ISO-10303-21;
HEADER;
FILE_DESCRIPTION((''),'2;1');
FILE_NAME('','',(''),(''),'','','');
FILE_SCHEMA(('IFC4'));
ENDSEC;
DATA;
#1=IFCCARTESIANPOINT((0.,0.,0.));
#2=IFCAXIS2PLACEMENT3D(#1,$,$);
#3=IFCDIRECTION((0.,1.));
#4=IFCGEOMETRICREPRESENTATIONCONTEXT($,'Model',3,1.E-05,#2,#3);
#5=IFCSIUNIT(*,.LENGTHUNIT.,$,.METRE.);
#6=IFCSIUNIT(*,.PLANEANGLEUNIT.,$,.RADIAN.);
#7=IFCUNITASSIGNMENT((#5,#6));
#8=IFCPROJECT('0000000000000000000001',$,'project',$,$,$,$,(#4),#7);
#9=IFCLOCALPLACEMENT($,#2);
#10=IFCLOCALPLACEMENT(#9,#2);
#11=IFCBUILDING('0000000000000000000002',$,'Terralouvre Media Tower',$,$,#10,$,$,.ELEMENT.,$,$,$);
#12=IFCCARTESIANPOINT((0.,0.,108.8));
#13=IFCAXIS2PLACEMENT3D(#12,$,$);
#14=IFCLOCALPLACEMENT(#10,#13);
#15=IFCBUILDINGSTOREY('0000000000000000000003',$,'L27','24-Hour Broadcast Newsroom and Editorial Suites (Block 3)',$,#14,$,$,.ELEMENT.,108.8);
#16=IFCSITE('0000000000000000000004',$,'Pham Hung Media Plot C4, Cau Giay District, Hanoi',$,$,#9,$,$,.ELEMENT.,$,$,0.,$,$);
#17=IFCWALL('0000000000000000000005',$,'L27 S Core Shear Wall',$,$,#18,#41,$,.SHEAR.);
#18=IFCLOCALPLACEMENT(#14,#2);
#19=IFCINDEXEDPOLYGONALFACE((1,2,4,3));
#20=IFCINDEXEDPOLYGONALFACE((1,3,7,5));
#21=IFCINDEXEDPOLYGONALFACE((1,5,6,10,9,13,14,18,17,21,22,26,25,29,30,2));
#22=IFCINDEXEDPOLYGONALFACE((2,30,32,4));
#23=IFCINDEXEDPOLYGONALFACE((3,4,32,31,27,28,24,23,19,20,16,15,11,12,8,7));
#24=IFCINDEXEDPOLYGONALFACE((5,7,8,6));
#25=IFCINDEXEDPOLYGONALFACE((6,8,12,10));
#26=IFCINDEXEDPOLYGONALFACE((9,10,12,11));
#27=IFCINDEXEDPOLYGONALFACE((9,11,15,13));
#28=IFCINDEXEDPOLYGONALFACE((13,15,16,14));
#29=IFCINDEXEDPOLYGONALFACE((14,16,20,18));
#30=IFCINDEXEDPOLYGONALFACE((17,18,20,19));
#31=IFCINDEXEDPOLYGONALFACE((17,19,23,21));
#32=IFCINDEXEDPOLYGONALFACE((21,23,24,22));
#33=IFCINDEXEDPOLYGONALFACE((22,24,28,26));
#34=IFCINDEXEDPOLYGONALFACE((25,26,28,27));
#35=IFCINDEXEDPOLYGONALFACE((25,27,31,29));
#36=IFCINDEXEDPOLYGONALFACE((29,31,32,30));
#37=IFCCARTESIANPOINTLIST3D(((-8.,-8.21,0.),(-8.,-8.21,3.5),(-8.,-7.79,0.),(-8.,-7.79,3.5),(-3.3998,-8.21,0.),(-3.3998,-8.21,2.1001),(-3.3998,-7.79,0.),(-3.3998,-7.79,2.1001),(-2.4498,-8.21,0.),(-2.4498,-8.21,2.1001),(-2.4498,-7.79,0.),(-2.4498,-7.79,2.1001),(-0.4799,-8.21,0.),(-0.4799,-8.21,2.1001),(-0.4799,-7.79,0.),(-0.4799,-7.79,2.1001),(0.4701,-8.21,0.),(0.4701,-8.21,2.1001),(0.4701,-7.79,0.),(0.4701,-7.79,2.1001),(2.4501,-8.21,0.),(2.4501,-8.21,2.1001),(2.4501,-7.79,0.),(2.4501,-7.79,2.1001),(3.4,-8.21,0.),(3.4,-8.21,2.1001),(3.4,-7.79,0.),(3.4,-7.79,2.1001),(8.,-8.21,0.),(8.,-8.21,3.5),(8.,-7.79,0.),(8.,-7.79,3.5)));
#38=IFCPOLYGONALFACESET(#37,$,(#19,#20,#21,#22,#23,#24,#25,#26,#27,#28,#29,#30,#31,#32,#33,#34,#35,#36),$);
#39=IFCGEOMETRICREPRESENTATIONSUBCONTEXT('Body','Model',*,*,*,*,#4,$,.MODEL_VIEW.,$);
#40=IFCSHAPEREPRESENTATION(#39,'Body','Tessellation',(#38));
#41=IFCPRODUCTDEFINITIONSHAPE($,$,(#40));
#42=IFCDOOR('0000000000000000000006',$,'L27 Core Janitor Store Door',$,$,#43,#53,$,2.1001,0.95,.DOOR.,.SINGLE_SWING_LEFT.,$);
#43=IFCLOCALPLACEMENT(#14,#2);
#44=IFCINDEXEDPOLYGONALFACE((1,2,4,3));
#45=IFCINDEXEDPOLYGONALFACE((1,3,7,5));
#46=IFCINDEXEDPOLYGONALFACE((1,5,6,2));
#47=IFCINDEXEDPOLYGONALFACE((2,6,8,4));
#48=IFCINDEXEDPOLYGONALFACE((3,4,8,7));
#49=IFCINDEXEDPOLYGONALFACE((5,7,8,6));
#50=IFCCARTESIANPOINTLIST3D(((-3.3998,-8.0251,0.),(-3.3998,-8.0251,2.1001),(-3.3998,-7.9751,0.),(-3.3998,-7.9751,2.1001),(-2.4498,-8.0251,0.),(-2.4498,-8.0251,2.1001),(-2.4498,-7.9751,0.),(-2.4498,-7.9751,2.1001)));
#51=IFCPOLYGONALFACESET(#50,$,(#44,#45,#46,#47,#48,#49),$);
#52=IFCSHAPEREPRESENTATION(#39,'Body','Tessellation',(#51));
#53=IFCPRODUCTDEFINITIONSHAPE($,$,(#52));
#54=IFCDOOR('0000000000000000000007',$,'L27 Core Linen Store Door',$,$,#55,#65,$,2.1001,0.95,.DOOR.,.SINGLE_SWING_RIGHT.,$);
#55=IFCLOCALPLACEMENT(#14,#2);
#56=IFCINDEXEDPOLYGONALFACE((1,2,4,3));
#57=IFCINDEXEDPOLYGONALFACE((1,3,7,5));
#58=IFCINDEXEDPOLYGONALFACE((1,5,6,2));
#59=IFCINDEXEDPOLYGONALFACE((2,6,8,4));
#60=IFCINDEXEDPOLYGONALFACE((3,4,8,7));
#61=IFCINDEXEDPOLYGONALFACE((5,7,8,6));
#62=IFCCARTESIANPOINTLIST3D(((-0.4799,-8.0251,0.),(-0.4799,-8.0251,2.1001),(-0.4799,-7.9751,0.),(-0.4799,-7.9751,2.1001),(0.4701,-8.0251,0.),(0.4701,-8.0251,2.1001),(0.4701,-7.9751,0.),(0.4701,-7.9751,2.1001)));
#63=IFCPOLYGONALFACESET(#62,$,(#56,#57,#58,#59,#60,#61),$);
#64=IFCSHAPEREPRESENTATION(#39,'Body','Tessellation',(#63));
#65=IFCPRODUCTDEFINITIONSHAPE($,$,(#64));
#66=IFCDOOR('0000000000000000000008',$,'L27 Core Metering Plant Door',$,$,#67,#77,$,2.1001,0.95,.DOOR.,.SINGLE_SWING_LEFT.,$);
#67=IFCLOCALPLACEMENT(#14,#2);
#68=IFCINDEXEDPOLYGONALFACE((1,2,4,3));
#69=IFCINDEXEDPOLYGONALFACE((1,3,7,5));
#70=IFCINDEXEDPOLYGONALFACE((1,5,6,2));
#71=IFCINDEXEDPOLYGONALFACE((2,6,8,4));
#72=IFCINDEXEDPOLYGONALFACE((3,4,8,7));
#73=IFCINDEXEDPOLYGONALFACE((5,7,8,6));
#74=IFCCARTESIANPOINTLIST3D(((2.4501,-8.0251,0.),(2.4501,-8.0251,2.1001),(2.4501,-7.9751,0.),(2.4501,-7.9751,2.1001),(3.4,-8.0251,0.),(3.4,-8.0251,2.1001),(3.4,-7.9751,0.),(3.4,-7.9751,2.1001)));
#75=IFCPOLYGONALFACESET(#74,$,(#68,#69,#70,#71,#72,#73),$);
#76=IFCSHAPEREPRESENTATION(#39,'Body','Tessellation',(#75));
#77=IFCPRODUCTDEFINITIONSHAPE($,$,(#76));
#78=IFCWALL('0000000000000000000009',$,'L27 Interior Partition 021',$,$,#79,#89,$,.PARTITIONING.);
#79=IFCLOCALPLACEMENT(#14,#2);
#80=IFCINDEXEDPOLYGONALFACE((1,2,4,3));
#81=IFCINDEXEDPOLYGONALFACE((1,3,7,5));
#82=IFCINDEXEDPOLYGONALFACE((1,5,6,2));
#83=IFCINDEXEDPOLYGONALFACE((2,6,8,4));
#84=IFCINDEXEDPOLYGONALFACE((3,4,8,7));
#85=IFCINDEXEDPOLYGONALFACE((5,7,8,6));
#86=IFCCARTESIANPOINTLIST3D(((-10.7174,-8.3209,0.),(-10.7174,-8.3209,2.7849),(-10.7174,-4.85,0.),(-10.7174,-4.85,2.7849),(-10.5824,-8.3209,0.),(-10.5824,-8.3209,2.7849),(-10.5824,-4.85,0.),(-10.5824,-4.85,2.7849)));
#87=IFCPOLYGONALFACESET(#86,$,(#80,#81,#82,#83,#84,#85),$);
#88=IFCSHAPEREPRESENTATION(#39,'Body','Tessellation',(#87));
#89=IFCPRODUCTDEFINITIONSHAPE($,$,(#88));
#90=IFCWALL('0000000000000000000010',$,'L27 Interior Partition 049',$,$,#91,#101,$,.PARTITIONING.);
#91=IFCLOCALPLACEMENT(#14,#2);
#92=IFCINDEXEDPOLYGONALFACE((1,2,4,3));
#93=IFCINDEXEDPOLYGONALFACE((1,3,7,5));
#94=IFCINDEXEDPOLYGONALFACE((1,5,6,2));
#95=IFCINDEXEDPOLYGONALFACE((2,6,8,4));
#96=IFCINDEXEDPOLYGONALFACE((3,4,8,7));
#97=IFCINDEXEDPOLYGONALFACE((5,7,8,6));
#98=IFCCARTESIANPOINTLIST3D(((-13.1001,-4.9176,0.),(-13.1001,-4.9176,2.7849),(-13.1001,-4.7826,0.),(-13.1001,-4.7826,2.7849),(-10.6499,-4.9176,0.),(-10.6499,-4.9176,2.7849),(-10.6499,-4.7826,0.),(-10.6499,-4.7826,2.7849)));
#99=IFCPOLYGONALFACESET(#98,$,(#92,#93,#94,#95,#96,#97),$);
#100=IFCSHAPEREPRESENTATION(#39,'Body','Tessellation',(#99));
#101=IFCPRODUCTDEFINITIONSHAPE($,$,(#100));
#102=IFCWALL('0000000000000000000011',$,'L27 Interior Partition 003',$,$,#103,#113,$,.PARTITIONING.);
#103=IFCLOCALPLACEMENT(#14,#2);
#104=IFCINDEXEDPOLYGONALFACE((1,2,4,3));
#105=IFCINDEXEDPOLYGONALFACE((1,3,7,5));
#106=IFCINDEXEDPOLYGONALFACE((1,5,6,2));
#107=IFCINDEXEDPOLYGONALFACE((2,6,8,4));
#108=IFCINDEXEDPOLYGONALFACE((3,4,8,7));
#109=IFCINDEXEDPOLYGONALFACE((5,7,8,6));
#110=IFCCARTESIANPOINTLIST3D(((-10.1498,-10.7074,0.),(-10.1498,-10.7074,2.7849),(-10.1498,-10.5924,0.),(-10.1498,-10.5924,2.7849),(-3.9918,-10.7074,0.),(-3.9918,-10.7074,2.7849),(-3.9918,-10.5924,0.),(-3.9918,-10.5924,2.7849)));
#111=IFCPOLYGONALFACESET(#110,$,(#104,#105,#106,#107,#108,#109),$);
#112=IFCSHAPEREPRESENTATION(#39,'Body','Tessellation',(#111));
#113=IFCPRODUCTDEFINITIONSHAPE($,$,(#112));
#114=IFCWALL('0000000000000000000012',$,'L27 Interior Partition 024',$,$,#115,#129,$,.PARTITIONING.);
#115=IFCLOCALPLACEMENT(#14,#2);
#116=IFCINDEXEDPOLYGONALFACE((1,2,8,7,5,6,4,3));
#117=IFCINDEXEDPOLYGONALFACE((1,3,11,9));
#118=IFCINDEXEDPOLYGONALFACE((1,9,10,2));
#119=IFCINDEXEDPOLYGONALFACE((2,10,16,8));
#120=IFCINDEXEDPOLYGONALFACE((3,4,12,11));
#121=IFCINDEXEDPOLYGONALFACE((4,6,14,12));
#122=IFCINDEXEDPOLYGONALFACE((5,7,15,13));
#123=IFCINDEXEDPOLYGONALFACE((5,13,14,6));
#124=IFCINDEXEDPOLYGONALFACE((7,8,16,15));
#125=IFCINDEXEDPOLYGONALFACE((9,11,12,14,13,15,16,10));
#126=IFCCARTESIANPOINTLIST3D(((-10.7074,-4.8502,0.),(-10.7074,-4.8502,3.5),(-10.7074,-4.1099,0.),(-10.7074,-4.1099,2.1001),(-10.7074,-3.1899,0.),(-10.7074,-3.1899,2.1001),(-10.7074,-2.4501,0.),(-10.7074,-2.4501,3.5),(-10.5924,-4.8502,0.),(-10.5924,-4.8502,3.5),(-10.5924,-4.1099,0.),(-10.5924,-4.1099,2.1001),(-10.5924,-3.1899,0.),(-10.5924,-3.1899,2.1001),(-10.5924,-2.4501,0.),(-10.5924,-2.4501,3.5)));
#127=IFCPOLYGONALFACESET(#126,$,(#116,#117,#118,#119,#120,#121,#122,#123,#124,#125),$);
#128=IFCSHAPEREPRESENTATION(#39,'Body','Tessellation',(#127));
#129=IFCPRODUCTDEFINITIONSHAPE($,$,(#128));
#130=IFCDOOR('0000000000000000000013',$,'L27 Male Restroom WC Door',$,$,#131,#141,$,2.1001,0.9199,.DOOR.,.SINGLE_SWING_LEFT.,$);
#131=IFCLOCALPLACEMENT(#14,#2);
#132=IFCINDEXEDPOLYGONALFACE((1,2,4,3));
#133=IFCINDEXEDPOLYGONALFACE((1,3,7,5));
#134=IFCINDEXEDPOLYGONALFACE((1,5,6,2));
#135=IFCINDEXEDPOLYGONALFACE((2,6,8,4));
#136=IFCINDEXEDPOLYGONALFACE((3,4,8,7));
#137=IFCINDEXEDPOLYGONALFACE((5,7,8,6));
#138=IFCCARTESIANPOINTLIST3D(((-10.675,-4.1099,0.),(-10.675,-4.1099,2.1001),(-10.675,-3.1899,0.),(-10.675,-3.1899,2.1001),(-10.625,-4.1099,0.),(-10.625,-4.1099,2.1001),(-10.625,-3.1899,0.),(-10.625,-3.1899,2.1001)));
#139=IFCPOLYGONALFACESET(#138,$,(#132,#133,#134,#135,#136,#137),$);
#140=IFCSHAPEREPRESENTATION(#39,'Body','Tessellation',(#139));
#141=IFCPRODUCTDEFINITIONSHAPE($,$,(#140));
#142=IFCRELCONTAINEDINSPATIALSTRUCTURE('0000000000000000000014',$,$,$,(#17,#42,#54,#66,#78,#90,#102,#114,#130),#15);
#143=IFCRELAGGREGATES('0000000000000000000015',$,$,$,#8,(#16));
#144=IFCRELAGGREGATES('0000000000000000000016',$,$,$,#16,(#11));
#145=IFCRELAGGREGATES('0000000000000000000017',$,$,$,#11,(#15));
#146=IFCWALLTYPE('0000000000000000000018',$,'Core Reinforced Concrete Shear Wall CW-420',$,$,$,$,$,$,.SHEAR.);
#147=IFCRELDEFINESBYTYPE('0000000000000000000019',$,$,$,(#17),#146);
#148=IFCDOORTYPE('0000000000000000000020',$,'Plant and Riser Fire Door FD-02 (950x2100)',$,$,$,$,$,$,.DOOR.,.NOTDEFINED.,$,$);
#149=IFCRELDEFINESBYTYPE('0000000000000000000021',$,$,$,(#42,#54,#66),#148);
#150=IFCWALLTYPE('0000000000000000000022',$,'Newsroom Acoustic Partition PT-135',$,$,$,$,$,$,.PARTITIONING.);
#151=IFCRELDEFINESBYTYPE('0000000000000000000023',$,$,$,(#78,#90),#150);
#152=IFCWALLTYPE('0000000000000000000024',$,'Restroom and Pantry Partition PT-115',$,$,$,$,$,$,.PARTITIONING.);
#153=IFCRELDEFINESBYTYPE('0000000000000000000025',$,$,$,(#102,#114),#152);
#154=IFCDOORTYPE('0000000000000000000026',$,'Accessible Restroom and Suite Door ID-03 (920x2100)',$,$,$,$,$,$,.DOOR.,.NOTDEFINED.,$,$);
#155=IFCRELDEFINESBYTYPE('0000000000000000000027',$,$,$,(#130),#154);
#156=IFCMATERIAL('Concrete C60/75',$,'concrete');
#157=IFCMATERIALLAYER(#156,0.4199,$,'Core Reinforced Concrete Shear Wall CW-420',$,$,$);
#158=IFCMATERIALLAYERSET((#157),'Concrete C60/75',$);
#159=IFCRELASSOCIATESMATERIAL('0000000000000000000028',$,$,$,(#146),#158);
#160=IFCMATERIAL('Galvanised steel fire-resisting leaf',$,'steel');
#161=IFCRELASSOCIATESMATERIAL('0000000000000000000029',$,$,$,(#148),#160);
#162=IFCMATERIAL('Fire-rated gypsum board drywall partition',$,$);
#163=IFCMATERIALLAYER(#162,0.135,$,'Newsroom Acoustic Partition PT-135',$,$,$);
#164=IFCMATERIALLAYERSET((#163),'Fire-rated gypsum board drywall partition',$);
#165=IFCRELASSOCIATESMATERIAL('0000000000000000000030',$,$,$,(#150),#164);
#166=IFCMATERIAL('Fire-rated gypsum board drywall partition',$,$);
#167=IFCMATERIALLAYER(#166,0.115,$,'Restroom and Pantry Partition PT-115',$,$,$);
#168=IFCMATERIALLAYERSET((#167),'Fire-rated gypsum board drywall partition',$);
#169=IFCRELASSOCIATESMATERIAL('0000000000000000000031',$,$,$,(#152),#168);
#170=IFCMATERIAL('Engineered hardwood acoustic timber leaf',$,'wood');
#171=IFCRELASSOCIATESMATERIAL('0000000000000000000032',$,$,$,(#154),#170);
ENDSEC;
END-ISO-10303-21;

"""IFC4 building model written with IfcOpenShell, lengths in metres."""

from ifc_helpers import new_model, si_unit, direction, frame, frame_2d, origin, place, context, subcontext, project, spatial, rectangle, extrude, material, layer, layer_set, type_object, element, fill, save


model = new_model("IFC4")

# Units and contexts
model_context = context("Model", 3, precision=1e-05, world=origin(), true_north=direction((0.0, 1.0)))
body_context = subcontext(model_context, "Body", "Model", "MODEL_VIEW")
ifc_project = project(units=[si_unit("LENGTHUNIT", "METRE"), si_unit("PLANEANGLEUNIT", "RADIAN")], contexts=[model_context])

# Site, building, storey
site_placement = place(None, origin())
site = spatial("IfcSite", under=ifc_project, at=site_placement, Name="Pham Hung Media Plot C4, Cau Giay District, Hanoi", CompositionType="ELEMENT", RefElevation=0.0)
building_placement = place(site_placement, origin())
building = spatial("IfcBuilding", under=site, at=building_placement, Name="Terralouvre Media Tower", CompositionType="ELEMENT")
storey_placement = place(building_placement, frame((0.0, 0.0, 108.8)))
storey = spatial("IfcBuildingStorey", under=building, at=storey_placement, Name="L27", Description="24-Hour Broadcast Newsroom and Editorial Suites (Block 3)", CompositionType="ELEMENT", Elevation=108.8)

# Wall, openings, doors
ifc_material_1 = material(Name="Concrete C60/75", Category="concrete")
ifc_layer_1 = layer(ifc_material_1, 0.4199, Name="Core Reinforced Concrete Shear Wall CW-420")
ifc_layer_set_1 = layer_set([ifc_layer_1], Name="Concrete C60/75")
wall_type_1 = type_object("IfcWallType", Name="Core Reinforced Concrete Shear Wall CW-420", PredefinedType="SHEAR", material=ifc_layer_set_1)
wall_1_placement = place(storey_placement, frame((-8.0, -8.0, 0.0), z_axis=(0.0, 0.0, 1.0), x_axis=(1.0, 0.0, 0.0)))
wall_1 = element("IfcWall", 1, at=wall_1_placement, inside=storey, type_object=wall_type_1, Name="L27 S Core Shear Wall", PredefinedType="SHEAR", context=body_context, shape_type="SweptSolid", body=[
    extrude(rectangle(XDim=16.0, YDim=0.4199, at=frame_2d((8.0, 0.0))), origin(), (0.0, 0.0, 1.0), 3.5),
])
opening_1_placement = place(wall_1_placement, frame((4.6001, 0.0, 0.0)))
opening_1 = element("IfcOpeningElement", 2, at=opening_1_placement, cuts=wall_1, PredefinedType="OPENING", context=body_context, shape_type="SweptSolid", body=[
    extrude(rectangle(XDim=0.95, YDim=2.1001, at=frame_2d((0.4751, 1.05))), frame((0.0, 0.22, 0.0), z_axis=(0.0, -1.0, 0.0), x_axis=(1.0, 0.0, 0.0)), (0.0, 0.0, 1.0), 0.4399),
])
opening_2_placement = place(wall_1_placement, frame((7.52, 0.0, 0.0)))
opening_2 = element("IfcOpeningElement", 3, at=opening_2_placement, cuts=wall_1, PredefinedType="OPENING", context=body_context, shape_type="SweptSolid", body=[
    extrude(rectangle(XDim=0.95, YDim=2.1001, at=frame_2d((0.4751, 1.05))), frame((0.0, 0.22, 0.0), z_axis=(0.0, -1.0, 0.0), x_axis=(1.0, 0.0, 0.0)), (0.0, 0.0, 1.0), 0.4399),
])
opening_3_placement = place(wall_1_placement, frame((10.45, 0.0, 0.0)))
opening_3 = element("IfcOpeningElement", 4, at=opening_3_placement, cuts=wall_1, PredefinedType="OPENING", context=body_context, shape_type="SweptSolid", body=[
    extrude(rectangle(XDim=0.95, YDim=2.1001, at=frame_2d((0.4751, 1.05))), frame((0.0, 0.22, 0.0), z_axis=(0.0, -1.0, 0.0), x_axis=(1.0, 0.0, 0.0)), (0.0, 0.0, 1.0), 0.4399),
])
ifc_material_2 = material(Name="Galvanised steel fire-resisting leaf", Category="steel")
door_type_1 = type_object("IfcDoorType", Name="Plant and Riser Fire Door FD-02 (950x2100)", OperationType="NOTDEFINED", PredefinedType="DOOR", material=ifc_material_2)
door_1_placement = place(opening_1_placement, origin())
door_1 = element("IfcDoor", 5, at=door_1_placement, inside=storey, type_object=door_type_1, Name="L27 Core Janitor Store Door", OperationType="SINGLE_SWING_LEFT", OverallHeight=2.1001, OverallWidth=0.95, PredefinedType="DOOR", context=body_context, shape_type="SweptSolid", body=[
    extrude(rectangle(XDim=0.95, YDim=2.1001, at=frame_2d((0.4751, 1.05))), frame((0.0, 0.0249, 0.0), z_axis=(0.0, -1.0, 0.0), x_axis=(1.0, 0.0, 0.0)), (0.0, 0.0, 1.0), 0.05),
])
fill(opening_1, door_1)
door_2_placement = place(opening_2_placement, origin())
door_2 = element("IfcDoor", 6, at=door_2_placement, inside=storey, type_object=door_type_1, Name="L27 Core Linen Store Door", OperationType="SINGLE_SWING_RIGHT", OverallHeight=2.1001, OverallWidth=0.95, PredefinedType="DOOR", context=body_context, shape_type="SweptSolid", body=[
    extrude(rectangle(XDim=0.95, YDim=2.1001, at=frame_2d((0.4751, 1.05))), frame((0.0, 0.0249, 0.0), z_axis=(0.0, -1.0, 0.0), x_axis=(1.0, 0.0, 0.0)), (0.0, 0.0, 1.0), 0.05),
])
fill(opening_2, door_2)
door_3_placement = place(opening_3_placement, origin())
door_3 = element("IfcDoor", 7, at=door_3_placement, inside=storey, type_object=door_type_1, Name="L27 Core Metering Plant Door", OperationType="SINGLE_SWING_LEFT", OverallHeight=2.1001, OverallWidth=0.95, PredefinedType="DOOR", context=body_context, shape_type="SweptSolid", body=[
    extrude(rectangle(XDim=0.95, YDim=2.1001, at=frame_2d((0.4751, 1.05))), frame((0.0, 0.0249, 0.0), z_axis=(0.0, -1.0, 0.0), x_axis=(1.0, 0.0, 0.0)), (0.0, 0.0, 1.0), 0.05),
])
fill(opening_3, door_3)

# Walls
ifc_material_3 = material(Name="Fire-rated gypsum board drywall partition")
ifc_layer_2 = layer(ifc_material_3, 0.135, Name="Newsroom Acoustic Partition PT-135")
ifc_layer_set_2 = layer_set([ifc_layer_2], Name="Fire-rated gypsum board drywall partition")
wall_type_2 = type_object("IfcWallType", Name="Newsroom Acoustic Partition PT-135", PredefinedType="PARTITIONING", material=ifc_layer_set_2)
wall_2_placement = place(storey_placement, frame((-10.6499, -4.8501, 0.0), z_axis=(0.0, 0.0, 1.0), x_axis=(0.0, -1.0, 0.0)))
element("IfcWall", 8, at=wall_2_placement, inside=storey, type_object=wall_type_2, Name="L27 Interior Partition 021", PredefinedType="PARTITIONING", context=body_context, shape_type="SweptSolid", body=[
    extrude(rectangle(XDim=3.4709, YDim=0.135, at=frame_2d((1.7354, 0.0))), origin(), (0.0, 0.0, 1.0), 2.7849),
])
wall_3_placement = place(storey_placement, frame((-10.6499, -4.8501, 0.0), z_axis=(0.0, 0.0, 1.0), x_axis=(-1.0, 0.0, 0.0)))
element("IfcWall", 9, at=wall_3_placement, inside=storey, type_object=wall_type_2, Name="L27 Interior Partition 049", PredefinedType="PARTITIONING", context=body_context, shape_type="SweptSolid", body=[
    extrude(rectangle(XDim=2.4502, YDim=0.135, at=frame_2d((1.2251, 0.0))), origin(), (0.0, 0.0, 1.0), 2.7849),
])
ifc_material_4 = material(Name="Fire-rated gypsum board drywall partition")
ifc_layer_3 = layer(ifc_material_4, 0.115, Name="Restroom and Pantry Partition PT-115")
ifc_layer_set_3 = layer_set([ifc_layer_3], Name="Fire-rated gypsum board drywall partition")
wall_type_3 = type_object("IfcWallType", Name="Restroom and Pantry Partition PT-115", PredefinedType="PARTITIONING", material=ifc_layer_set_3)
wall_4_placement = place(storey_placement, frame((-10.1499, -10.6499, 0.0), z_axis=(0.0, 0.0, 1.0), x_axis=(1.0, 0.0, 0.0)))
element("IfcWall", 10, at=wall_4_placement, inside=storey, type_object=wall_type_3, Name="L27 Interior Partition 003", PredefinedType="PARTITIONING", context=body_context, shape_type="SweptSolid", body=[
    extrude(rectangle(XDim=6.158, YDim=0.115, at=frame_2d((3.0791, 0.0))), origin(), (0.0, 0.0, 1.0), 2.7849),
])

# Wall, opening, door
wall_5_placement = place(storey_placement, frame((-10.6499, -2.45, 0.0), z_axis=(0.0, 0.0, 1.0), x_axis=(0.0, -1.0, 0.0)))
wall_5 = element("IfcWall", 11, at=wall_5_placement, inside=storey, type_object=wall_type_3, Name="L27 Interior Partition 024", PredefinedType="PARTITIONING", context=body_context, shape_type="SweptSolid", body=[
    extrude(rectangle(XDim=2.4001, YDim=0.115, at=frame_2d((1.2002, 0.0))), origin(), (0.0, 0.0, 1.0), 3.5),
])
opening_4_placement = place(wall_5_placement, frame((0.74, 0.0, 0.0)))
opening_4 = element("IfcOpeningElement", 12, at=opening_4_placement, cuts=wall_5, PredefinedType="OPENING", context=body_context, shape_type="SweptSolid", body=[
    extrude(rectangle(XDim=0.9199, YDim=2.1001, at=frame_2d((0.46, 1.05))), frame((0.0, 0.0674, 0.0), z_axis=(0.0, -1.0, 0.0), x_axis=(1.0, 0.0, 0.0)), (0.0, 0.0, 1.0), 0.135),
])
ifc_material_5 = material(Name="Engineered hardwood acoustic timber leaf", Category="wood")
door_type_2 = type_object("IfcDoorType", Name="Accessible Restroom and Suite Door ID-03 (920x2100)", OperationType="NOTDEFINED", PredefinedType="DOOR", material=ifc_material_5)
door_4_placement = place(opening_4_placement, origin())
door_4 = element("IfcDoor", 13, at=door_4_placement, inside=storey, type_object=door_type_2, Name="L27 Male Restroom WC Door", OperationType="SINGLE_SWING_LEFT", OverallHeight=2.1001, OverallWidth=0.9199, PredefinedType="DOOR", context=body_context, shape_type="SweptSolid", body=[
    extrude(rectangle(XDim=0.9199, YDim=2.1001, at=frame_2d((0.46, 1.05))), frame((0.0, 0.0249, 0.0), z_axis=(0.0, -1.0, 0.0), x_axis=(1.0, 0.0, 0.0)), (0.0, 0.0, 1.0), 0.05),
])
fill(opening_4, door_4)

save(model, "model.ifc")
